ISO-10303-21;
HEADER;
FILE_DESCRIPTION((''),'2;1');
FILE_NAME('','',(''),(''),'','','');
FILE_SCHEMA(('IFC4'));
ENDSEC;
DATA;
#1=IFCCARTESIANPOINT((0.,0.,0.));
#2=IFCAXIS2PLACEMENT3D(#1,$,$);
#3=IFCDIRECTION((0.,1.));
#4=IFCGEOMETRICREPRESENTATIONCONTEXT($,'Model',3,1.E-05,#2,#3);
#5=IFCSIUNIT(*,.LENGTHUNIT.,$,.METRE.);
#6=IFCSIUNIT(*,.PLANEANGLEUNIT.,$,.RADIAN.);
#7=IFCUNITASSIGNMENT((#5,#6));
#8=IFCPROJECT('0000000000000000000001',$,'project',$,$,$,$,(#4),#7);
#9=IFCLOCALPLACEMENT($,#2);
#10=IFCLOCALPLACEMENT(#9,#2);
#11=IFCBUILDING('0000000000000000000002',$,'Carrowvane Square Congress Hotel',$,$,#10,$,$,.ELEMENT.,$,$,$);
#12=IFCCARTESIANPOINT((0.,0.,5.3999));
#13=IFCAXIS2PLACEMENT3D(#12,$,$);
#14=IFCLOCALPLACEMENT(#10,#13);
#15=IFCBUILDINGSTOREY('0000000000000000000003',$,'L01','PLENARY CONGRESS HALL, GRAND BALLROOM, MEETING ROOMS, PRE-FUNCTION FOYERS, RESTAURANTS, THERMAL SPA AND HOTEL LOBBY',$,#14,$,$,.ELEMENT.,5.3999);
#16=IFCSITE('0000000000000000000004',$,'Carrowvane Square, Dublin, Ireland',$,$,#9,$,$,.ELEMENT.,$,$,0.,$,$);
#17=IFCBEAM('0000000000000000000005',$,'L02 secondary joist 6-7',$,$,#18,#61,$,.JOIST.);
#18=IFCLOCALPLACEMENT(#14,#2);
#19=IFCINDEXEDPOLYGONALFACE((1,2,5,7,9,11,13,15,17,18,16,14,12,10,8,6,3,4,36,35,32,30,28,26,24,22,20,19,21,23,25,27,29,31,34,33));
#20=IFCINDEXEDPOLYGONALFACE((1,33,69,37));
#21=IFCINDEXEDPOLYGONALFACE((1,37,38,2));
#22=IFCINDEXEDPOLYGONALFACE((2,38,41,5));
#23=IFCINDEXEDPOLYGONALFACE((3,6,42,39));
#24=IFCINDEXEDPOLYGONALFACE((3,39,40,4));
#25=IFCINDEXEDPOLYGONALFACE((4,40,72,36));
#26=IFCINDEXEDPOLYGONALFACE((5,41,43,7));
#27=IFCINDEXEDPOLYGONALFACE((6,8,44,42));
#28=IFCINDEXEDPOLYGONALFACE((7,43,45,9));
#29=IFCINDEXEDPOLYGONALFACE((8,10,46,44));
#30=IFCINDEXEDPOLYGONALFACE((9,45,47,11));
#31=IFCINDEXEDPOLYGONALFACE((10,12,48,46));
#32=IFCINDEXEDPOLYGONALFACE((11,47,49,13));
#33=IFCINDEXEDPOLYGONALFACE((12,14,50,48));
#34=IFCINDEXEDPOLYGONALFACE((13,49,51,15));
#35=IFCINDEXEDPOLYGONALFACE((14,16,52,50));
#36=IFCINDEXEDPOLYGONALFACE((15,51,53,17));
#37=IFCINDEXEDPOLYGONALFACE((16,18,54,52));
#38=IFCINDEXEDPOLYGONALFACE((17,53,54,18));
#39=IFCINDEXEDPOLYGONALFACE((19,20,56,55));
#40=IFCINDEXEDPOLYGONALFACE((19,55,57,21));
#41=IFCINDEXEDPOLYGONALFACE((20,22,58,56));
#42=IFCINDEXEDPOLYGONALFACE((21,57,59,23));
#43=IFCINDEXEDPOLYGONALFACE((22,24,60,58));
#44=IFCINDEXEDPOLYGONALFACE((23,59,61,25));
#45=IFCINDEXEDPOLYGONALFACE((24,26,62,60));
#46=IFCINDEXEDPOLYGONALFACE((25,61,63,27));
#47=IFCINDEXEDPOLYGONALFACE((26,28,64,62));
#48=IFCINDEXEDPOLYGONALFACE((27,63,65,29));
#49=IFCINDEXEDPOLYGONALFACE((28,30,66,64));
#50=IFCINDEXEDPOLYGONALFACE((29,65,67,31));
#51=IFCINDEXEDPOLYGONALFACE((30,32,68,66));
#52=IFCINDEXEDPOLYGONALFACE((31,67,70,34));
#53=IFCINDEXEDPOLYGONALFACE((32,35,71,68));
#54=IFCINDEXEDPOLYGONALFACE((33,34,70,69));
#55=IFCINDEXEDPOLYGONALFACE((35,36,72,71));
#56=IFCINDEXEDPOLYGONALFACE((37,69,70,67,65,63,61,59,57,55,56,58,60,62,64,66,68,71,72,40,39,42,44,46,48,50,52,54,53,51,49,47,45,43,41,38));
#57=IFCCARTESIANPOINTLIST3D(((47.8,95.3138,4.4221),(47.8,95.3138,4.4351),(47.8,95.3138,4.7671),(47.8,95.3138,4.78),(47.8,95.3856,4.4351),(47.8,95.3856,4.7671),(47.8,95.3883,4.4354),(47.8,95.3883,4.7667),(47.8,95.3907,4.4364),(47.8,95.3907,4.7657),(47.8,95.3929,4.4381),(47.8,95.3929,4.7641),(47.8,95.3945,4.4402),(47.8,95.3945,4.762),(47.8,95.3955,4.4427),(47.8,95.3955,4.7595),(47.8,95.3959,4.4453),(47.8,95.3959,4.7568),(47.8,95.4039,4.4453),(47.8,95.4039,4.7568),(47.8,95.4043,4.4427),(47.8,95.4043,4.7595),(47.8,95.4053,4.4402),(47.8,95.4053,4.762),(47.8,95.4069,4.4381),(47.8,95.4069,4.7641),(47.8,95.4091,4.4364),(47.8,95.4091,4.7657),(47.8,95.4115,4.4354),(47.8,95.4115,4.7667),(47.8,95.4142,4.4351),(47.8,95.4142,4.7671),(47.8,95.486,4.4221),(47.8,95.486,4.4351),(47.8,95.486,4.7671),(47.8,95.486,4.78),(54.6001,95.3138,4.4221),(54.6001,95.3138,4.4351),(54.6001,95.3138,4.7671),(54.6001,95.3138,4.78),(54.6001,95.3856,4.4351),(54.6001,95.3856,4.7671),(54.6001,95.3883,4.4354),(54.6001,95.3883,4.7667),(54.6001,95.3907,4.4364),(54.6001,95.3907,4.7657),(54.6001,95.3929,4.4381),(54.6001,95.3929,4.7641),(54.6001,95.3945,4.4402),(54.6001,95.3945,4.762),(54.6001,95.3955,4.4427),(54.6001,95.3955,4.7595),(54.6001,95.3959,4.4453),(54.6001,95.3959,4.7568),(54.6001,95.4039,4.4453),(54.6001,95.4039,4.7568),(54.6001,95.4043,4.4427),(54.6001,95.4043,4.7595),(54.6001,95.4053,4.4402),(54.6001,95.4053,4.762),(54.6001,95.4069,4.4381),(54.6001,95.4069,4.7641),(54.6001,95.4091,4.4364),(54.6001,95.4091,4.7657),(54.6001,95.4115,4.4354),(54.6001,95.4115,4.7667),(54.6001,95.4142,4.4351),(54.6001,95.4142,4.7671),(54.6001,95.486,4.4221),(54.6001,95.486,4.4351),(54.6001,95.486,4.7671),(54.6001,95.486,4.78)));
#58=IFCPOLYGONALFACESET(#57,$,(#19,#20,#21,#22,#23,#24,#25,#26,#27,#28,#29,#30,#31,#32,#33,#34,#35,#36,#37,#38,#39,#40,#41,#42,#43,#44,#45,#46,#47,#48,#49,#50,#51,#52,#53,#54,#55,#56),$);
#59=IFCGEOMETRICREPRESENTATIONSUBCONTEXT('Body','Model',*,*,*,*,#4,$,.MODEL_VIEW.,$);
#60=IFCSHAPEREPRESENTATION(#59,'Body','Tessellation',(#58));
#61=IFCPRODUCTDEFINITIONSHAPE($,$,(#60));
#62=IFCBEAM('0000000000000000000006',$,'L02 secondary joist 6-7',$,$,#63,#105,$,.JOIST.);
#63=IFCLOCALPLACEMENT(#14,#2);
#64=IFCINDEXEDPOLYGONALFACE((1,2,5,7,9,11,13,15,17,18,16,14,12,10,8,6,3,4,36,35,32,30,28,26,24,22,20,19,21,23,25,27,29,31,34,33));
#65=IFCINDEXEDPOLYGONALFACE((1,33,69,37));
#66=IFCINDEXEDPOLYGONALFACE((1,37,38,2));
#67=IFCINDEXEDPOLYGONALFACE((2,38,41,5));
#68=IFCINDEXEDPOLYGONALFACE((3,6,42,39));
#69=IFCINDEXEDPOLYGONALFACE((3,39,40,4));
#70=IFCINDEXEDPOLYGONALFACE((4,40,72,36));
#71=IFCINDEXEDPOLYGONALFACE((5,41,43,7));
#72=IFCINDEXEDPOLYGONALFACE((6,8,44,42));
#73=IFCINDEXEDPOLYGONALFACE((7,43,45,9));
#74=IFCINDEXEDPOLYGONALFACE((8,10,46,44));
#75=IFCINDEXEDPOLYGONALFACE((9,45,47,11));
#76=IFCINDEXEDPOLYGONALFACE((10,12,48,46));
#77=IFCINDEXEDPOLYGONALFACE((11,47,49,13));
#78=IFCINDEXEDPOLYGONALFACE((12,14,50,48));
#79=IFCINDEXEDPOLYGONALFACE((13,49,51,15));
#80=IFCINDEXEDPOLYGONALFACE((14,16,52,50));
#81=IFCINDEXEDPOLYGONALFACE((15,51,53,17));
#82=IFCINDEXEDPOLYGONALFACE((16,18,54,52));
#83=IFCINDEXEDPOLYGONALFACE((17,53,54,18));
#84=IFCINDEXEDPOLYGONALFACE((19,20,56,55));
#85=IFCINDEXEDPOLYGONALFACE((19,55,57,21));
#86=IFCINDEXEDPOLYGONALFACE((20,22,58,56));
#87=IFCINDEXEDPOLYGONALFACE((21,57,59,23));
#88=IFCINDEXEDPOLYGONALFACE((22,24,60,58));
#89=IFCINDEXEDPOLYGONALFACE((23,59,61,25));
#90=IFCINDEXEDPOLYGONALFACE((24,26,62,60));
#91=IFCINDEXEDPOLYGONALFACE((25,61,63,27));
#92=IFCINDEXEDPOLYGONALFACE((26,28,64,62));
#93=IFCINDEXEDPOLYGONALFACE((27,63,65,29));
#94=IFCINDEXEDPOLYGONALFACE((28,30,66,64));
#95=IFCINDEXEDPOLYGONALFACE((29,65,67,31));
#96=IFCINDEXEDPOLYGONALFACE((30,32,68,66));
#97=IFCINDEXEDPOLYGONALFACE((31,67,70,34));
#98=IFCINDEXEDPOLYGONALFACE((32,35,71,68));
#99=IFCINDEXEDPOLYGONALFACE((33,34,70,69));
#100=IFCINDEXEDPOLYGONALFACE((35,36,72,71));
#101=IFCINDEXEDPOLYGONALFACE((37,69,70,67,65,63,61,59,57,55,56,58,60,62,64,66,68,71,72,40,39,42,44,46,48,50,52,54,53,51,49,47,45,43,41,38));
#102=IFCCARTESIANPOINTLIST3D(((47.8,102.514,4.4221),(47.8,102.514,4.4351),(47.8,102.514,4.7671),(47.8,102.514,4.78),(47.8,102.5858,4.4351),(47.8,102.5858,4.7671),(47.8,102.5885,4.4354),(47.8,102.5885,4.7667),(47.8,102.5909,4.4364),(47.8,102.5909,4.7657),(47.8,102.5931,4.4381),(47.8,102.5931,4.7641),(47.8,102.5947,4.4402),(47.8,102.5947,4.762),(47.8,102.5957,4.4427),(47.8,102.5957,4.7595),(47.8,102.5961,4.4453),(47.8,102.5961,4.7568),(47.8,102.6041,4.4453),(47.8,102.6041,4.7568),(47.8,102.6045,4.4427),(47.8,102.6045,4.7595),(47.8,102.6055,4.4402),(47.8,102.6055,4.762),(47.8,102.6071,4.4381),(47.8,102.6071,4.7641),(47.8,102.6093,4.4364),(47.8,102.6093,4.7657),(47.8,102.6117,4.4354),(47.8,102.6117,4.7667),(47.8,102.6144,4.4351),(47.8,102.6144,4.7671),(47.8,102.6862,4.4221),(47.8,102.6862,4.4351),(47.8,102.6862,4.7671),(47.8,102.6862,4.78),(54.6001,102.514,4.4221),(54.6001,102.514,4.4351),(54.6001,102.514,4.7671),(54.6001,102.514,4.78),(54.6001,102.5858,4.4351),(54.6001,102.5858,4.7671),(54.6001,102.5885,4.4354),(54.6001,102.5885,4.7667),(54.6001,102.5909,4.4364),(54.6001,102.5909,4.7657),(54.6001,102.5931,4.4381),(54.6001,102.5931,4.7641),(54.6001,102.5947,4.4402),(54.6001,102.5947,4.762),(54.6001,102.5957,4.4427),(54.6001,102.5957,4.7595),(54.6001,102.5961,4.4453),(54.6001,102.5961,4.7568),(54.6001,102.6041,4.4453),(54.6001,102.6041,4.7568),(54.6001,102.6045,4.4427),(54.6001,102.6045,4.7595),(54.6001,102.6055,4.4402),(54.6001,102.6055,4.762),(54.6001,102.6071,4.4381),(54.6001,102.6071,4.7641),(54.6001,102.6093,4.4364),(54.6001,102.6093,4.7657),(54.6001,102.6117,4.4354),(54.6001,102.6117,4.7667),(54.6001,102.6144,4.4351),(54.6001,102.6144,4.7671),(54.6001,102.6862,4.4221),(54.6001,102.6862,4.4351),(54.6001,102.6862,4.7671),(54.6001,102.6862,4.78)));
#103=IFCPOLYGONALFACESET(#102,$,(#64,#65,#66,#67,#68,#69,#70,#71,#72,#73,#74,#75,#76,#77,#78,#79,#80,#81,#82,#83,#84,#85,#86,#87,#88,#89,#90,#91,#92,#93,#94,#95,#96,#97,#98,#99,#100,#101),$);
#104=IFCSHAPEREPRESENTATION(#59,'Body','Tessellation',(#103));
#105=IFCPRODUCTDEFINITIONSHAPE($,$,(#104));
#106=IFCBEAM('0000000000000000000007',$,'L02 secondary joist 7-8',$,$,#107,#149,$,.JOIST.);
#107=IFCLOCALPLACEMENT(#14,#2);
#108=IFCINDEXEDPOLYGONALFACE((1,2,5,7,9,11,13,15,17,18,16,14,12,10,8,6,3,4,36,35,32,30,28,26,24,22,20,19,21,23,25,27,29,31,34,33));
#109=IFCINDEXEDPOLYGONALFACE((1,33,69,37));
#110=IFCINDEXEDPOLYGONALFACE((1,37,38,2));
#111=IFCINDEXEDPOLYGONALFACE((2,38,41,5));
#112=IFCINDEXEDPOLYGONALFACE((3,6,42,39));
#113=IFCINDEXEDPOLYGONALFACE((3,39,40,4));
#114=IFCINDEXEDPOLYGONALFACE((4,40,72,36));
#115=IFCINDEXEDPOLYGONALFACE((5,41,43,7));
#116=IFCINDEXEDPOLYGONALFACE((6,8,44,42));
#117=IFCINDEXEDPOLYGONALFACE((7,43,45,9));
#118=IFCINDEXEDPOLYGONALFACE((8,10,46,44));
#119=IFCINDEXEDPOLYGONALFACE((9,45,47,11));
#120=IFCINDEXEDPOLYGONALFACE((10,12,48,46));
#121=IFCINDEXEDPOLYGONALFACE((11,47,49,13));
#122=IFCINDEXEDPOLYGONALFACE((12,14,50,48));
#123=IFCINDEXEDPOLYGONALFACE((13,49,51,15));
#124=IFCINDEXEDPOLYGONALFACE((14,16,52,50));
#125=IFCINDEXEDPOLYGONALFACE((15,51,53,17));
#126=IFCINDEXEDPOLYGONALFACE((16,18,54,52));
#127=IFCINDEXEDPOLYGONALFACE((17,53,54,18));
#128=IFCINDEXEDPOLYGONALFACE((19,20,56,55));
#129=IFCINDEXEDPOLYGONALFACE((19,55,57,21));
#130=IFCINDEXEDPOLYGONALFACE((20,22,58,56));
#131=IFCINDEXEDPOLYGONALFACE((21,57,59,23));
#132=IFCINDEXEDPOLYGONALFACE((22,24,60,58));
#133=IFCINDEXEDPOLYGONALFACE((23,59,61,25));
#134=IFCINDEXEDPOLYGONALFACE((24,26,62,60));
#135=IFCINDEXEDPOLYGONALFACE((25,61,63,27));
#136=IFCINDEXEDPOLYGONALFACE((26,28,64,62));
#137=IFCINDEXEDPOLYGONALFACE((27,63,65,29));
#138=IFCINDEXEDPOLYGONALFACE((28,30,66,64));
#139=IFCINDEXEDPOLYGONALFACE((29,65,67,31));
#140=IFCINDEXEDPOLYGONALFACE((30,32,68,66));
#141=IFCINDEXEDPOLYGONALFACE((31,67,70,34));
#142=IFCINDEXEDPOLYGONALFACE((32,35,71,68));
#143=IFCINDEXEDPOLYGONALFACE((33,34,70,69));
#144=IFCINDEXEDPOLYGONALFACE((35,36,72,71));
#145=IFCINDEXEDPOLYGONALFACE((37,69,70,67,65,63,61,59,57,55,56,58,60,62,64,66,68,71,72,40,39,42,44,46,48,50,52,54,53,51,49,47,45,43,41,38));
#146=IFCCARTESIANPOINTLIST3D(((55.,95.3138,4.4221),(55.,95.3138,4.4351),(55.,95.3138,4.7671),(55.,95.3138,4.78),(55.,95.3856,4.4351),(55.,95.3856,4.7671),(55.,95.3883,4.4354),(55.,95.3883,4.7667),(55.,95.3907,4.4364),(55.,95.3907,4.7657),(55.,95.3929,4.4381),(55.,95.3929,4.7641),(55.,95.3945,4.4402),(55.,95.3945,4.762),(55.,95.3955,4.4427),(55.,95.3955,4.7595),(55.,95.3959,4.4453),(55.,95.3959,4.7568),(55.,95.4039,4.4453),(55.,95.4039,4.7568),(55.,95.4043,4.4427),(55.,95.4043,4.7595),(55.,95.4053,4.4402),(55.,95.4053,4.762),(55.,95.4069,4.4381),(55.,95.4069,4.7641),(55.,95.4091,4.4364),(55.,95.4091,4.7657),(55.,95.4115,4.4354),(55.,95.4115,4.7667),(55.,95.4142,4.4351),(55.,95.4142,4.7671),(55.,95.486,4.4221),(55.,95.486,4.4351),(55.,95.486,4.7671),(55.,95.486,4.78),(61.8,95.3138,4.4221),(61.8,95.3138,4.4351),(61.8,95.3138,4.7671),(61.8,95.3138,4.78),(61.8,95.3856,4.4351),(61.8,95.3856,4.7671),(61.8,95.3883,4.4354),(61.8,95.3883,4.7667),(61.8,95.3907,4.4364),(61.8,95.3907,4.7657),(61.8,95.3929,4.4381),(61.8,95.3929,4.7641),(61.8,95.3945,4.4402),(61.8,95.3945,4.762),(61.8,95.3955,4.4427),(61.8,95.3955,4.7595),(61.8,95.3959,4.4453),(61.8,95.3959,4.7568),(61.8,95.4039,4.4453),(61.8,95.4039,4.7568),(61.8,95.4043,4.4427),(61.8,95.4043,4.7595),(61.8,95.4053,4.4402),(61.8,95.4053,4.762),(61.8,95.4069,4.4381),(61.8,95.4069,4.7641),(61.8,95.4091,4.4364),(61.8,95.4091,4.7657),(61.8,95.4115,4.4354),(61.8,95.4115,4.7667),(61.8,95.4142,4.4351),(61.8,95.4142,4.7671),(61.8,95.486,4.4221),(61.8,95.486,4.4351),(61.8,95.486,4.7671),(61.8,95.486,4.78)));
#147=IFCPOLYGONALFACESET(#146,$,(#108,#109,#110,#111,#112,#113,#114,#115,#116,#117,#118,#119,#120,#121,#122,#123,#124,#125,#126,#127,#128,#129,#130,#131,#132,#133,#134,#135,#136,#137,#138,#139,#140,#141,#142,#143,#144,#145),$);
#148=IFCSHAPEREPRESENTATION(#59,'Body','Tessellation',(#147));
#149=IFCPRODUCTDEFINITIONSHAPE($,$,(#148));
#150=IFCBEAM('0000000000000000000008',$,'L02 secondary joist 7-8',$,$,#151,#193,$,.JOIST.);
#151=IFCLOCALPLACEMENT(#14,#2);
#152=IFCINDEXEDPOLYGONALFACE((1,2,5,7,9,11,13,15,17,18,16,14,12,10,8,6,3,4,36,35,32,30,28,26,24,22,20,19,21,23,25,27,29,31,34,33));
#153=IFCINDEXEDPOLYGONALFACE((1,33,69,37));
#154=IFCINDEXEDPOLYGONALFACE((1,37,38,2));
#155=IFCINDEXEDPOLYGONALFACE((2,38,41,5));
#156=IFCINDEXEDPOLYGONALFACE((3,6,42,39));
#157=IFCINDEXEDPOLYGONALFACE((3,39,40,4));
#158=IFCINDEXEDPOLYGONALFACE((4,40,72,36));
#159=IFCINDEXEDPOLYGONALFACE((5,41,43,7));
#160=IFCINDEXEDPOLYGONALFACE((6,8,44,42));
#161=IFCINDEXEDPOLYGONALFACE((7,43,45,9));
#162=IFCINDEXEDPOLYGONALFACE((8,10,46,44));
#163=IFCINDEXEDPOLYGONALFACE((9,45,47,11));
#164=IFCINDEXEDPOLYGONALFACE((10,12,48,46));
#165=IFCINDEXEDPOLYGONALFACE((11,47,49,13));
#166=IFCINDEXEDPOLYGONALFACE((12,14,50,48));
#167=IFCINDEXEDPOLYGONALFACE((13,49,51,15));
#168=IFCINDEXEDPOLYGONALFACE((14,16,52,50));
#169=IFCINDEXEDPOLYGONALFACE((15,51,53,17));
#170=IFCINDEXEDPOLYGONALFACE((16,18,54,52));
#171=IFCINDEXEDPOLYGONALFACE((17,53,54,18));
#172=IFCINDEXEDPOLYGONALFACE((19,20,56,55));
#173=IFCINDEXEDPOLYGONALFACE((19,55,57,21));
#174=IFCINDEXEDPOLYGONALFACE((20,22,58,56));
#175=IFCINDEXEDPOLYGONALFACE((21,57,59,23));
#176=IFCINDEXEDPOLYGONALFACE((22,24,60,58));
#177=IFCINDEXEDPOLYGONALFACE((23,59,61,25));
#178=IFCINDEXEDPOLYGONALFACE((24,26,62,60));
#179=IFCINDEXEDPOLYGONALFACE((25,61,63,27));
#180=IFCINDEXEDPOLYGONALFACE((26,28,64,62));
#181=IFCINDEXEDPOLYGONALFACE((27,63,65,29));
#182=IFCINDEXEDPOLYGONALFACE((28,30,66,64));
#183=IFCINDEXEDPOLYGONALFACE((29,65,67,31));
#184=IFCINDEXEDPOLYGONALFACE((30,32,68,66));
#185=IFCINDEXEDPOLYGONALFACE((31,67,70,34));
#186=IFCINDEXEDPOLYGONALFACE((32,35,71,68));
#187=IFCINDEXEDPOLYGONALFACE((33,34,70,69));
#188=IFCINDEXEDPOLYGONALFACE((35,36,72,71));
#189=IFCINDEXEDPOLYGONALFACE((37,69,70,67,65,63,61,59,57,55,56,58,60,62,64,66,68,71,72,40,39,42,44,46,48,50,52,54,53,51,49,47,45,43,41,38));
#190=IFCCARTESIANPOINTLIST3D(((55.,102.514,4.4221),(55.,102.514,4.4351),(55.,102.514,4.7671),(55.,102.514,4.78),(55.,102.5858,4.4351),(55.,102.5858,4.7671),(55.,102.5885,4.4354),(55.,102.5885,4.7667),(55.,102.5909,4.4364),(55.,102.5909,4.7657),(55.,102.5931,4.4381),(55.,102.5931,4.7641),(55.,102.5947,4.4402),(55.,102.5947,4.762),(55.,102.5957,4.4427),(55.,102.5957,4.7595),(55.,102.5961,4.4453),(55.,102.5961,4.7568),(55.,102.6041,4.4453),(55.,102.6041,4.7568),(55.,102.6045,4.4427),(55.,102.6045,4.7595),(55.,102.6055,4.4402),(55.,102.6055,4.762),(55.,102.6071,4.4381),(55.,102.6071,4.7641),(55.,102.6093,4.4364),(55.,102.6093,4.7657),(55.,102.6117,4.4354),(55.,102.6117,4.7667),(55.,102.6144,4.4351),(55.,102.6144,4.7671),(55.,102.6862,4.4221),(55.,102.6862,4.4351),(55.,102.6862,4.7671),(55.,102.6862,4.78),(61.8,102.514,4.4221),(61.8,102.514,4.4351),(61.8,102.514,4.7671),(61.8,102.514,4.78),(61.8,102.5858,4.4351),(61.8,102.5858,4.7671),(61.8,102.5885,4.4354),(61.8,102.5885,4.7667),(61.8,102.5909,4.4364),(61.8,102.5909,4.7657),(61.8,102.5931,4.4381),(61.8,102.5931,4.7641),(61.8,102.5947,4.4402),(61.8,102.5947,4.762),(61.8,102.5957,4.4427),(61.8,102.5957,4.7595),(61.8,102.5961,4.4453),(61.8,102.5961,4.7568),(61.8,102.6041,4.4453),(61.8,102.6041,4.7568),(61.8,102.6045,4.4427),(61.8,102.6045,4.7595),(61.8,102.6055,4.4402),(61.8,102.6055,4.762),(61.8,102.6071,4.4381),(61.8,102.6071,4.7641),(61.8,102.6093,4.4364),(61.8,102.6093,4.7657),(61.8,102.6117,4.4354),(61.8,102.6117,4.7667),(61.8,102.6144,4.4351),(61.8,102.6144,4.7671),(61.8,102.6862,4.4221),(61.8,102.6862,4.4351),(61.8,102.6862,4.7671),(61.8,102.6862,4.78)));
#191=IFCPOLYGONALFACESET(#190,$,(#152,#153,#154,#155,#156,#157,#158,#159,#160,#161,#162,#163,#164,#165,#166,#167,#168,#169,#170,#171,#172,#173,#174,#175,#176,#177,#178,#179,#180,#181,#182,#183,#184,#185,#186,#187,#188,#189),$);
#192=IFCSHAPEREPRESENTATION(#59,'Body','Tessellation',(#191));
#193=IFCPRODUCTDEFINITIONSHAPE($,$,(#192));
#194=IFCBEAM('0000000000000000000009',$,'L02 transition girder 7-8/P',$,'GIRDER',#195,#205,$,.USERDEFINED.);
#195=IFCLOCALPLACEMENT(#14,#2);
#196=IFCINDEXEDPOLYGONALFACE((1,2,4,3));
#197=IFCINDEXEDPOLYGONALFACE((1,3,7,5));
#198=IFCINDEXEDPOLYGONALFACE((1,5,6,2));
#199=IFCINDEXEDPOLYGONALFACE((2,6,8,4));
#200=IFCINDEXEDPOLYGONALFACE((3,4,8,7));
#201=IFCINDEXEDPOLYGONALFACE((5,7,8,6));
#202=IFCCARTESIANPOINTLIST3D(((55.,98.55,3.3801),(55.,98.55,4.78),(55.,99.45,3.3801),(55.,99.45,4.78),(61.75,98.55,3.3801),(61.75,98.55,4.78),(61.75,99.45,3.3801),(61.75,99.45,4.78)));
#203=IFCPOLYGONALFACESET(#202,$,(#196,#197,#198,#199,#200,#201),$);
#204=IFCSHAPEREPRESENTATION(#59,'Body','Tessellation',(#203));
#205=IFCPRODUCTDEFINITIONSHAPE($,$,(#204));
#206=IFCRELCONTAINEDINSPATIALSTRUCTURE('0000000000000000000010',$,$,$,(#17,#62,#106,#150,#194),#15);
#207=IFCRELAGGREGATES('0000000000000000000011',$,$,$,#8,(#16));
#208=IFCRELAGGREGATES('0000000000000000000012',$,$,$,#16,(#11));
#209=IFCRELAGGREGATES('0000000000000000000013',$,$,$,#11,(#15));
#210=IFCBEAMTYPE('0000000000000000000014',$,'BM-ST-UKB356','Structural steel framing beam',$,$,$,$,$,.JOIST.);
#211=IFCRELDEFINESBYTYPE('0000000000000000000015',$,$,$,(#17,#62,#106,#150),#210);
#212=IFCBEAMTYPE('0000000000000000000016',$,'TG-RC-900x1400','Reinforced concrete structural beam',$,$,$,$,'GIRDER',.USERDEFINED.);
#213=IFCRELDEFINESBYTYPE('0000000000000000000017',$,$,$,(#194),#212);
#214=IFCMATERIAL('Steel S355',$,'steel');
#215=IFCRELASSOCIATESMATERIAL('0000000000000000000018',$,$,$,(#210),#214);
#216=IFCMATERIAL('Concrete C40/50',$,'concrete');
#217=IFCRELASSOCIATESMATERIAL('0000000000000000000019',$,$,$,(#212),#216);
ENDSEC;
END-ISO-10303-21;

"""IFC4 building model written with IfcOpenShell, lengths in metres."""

from ifc_helpers import new_model, si_unit, direction, frame, origin, origin_2d, place, context, subcontext, project, spatial, rectangle, i_section, extrude, material, material_profile, profile_set, type_object, element, save


model = new_model("IFC4")

# Units and contexts
model_context = context("Model", 3, precision=1e-05, world=origin(), true_north=direction((0.0, 1.0)))
body_context = subcontext(model_context, "Body", "Model", "MODEL_VIEW")
ifc_project = project(units=[si_unit("LENGTHUNIT", "METRE"), si_unit("PLANEANGLEUNIT", "RADIAN")], contexts=[model_context])

# Site, building, storey
site_placement = place(None, origin())
site = spatial("IfcSite", under=ifc_project, at=site_placement, Name="Carrowvane Square, Dublin, Ireland", CompositionType="ELEMENT", RefElevation=0.0)
building_placement = place(site_placement, origin())
building = spatial("IfcBuilding", under=site, at=building_placement, Name="Carrowvane Square Congress Hotel", CompositionType="ELEMENT")
storey_placement = place(building_placement, frame((0.0, 0.0, 5.3999)))
storey = spatial("IfcBuildingStorey", under=building, at=storey_placement, Name="L01", Description="PLENARY CONGRESS HALL, GRAND BALLROOM, MEETING ROOMS, PRE-FUNCTION FOYERS, RESTAURANTS, THERMAL SPA AND HOTEL LOBBY", CompositionType="ELEMENT", Elevation=5.3999)

# Beams
ifc_material_1 = material(Name="Steel S355", Category="steel")
ifc_material_profile_1 = material_profile(ifc_material_1, i_section(OverallWidth=0.1721, OverallDepth=0.3579, WebThickness=0.0081, FlangeThickness=0.0129, FilletRadius=0.0103, at=origin_2d()), Name="UKB 356x171x57")
ifc_profile_set_1 = profile_set([ifc_material_profile_1], Name="Steel S355")
beam_type_1 = type_object("IfcBeamType", Name="BM-ST-UKB356", Description="Structural steel framing beam", PredefinedType="JOIST", material=ifc_profile_set_1)
for number, where, z_axis, x_axis, name in (
    (1, (47.8, 95.3999, 4.6011), (1.0, 0.0, 0.0), (0.0, 1.0, 0.0), "L02 secondary joist 6-7"),
    (2, (47.8, 102.6001, 4.6011), (1.0, 0.0, 0.0), (0.0, 1.0, 0.0), "L02 secondary joist 6-7"),
    (3, (55.0, 95.3999, 4.6011), (1.0, 0.0, 0.0), (0.0, 1.0, 0.0), "L02 secondary joist 7-8"),
    (4, (55.0, 102.6001, 4.6011), (1.0, 0.0, 0.0), (0.0, 1.0, 0.0), "L02 secondary joist 7-8"),
):
    element("IfcBeam", number, at=place(storey_placement, frame(where, z_axis=z_axis, x_axis=x_axis)), inside=storey, type_object=beam_type_1, Name=name, PredefinedType="JOIST", context=body_context, shape_type="SweptSolid", body=[
        extrude(i_section(OverallWidth=0.1721, OverallDepth=0.3579, WebThickness=0.0081, FlangeThickness=0.0129, FilletRadius=0.0103, at=origin_2d()), origin(), (0.0, 0.0, 1.0), 6.8),
    ])
ifc_material_2 = material(Name="Concrete C40/50", Category="concrete")
ifc_material_profile_2 = material_profile(ifc_material_2, rectangle(XDim=0.8999, YDim=1.3999, at=origin_2d()), Name="RC 900x1400")
ifc_profile_set_2 = profile_set([ifc_material_profile_2], Name="Concrete C40/50")
beam_type_2 = type_object("IfcBeamType", Name="TG-RC-900x1400", Description="Reinforced concrete structural beam", ElementType="GIRDER", PredefinedType="USERDEFINED", material=ifc_profile_set_2)
beam_1_placement = place(storey_placement, frame((55.0, 99.0, 4.0801), z_axis=(1.0, 0.0, 0.0), x_axis=(0.0, 1.0, 0.0)))
element("IfcBeam", 5, at=beam_1_placement, inside=storey, type_object=beam_type_2, Name="L02 transition girder 7-8/P", ObjectType="GIRDER", PredefinedType="USERDEFINED", context=body_context, shape_type="SweptSolid", body=[
    extrude(rectangle(XDim=0.8999, YDim=1.3999, at=origin_2d()), origin(), (0.0, 0.0, 1.0), 6.75),
])

save(model, "model.ifc")
